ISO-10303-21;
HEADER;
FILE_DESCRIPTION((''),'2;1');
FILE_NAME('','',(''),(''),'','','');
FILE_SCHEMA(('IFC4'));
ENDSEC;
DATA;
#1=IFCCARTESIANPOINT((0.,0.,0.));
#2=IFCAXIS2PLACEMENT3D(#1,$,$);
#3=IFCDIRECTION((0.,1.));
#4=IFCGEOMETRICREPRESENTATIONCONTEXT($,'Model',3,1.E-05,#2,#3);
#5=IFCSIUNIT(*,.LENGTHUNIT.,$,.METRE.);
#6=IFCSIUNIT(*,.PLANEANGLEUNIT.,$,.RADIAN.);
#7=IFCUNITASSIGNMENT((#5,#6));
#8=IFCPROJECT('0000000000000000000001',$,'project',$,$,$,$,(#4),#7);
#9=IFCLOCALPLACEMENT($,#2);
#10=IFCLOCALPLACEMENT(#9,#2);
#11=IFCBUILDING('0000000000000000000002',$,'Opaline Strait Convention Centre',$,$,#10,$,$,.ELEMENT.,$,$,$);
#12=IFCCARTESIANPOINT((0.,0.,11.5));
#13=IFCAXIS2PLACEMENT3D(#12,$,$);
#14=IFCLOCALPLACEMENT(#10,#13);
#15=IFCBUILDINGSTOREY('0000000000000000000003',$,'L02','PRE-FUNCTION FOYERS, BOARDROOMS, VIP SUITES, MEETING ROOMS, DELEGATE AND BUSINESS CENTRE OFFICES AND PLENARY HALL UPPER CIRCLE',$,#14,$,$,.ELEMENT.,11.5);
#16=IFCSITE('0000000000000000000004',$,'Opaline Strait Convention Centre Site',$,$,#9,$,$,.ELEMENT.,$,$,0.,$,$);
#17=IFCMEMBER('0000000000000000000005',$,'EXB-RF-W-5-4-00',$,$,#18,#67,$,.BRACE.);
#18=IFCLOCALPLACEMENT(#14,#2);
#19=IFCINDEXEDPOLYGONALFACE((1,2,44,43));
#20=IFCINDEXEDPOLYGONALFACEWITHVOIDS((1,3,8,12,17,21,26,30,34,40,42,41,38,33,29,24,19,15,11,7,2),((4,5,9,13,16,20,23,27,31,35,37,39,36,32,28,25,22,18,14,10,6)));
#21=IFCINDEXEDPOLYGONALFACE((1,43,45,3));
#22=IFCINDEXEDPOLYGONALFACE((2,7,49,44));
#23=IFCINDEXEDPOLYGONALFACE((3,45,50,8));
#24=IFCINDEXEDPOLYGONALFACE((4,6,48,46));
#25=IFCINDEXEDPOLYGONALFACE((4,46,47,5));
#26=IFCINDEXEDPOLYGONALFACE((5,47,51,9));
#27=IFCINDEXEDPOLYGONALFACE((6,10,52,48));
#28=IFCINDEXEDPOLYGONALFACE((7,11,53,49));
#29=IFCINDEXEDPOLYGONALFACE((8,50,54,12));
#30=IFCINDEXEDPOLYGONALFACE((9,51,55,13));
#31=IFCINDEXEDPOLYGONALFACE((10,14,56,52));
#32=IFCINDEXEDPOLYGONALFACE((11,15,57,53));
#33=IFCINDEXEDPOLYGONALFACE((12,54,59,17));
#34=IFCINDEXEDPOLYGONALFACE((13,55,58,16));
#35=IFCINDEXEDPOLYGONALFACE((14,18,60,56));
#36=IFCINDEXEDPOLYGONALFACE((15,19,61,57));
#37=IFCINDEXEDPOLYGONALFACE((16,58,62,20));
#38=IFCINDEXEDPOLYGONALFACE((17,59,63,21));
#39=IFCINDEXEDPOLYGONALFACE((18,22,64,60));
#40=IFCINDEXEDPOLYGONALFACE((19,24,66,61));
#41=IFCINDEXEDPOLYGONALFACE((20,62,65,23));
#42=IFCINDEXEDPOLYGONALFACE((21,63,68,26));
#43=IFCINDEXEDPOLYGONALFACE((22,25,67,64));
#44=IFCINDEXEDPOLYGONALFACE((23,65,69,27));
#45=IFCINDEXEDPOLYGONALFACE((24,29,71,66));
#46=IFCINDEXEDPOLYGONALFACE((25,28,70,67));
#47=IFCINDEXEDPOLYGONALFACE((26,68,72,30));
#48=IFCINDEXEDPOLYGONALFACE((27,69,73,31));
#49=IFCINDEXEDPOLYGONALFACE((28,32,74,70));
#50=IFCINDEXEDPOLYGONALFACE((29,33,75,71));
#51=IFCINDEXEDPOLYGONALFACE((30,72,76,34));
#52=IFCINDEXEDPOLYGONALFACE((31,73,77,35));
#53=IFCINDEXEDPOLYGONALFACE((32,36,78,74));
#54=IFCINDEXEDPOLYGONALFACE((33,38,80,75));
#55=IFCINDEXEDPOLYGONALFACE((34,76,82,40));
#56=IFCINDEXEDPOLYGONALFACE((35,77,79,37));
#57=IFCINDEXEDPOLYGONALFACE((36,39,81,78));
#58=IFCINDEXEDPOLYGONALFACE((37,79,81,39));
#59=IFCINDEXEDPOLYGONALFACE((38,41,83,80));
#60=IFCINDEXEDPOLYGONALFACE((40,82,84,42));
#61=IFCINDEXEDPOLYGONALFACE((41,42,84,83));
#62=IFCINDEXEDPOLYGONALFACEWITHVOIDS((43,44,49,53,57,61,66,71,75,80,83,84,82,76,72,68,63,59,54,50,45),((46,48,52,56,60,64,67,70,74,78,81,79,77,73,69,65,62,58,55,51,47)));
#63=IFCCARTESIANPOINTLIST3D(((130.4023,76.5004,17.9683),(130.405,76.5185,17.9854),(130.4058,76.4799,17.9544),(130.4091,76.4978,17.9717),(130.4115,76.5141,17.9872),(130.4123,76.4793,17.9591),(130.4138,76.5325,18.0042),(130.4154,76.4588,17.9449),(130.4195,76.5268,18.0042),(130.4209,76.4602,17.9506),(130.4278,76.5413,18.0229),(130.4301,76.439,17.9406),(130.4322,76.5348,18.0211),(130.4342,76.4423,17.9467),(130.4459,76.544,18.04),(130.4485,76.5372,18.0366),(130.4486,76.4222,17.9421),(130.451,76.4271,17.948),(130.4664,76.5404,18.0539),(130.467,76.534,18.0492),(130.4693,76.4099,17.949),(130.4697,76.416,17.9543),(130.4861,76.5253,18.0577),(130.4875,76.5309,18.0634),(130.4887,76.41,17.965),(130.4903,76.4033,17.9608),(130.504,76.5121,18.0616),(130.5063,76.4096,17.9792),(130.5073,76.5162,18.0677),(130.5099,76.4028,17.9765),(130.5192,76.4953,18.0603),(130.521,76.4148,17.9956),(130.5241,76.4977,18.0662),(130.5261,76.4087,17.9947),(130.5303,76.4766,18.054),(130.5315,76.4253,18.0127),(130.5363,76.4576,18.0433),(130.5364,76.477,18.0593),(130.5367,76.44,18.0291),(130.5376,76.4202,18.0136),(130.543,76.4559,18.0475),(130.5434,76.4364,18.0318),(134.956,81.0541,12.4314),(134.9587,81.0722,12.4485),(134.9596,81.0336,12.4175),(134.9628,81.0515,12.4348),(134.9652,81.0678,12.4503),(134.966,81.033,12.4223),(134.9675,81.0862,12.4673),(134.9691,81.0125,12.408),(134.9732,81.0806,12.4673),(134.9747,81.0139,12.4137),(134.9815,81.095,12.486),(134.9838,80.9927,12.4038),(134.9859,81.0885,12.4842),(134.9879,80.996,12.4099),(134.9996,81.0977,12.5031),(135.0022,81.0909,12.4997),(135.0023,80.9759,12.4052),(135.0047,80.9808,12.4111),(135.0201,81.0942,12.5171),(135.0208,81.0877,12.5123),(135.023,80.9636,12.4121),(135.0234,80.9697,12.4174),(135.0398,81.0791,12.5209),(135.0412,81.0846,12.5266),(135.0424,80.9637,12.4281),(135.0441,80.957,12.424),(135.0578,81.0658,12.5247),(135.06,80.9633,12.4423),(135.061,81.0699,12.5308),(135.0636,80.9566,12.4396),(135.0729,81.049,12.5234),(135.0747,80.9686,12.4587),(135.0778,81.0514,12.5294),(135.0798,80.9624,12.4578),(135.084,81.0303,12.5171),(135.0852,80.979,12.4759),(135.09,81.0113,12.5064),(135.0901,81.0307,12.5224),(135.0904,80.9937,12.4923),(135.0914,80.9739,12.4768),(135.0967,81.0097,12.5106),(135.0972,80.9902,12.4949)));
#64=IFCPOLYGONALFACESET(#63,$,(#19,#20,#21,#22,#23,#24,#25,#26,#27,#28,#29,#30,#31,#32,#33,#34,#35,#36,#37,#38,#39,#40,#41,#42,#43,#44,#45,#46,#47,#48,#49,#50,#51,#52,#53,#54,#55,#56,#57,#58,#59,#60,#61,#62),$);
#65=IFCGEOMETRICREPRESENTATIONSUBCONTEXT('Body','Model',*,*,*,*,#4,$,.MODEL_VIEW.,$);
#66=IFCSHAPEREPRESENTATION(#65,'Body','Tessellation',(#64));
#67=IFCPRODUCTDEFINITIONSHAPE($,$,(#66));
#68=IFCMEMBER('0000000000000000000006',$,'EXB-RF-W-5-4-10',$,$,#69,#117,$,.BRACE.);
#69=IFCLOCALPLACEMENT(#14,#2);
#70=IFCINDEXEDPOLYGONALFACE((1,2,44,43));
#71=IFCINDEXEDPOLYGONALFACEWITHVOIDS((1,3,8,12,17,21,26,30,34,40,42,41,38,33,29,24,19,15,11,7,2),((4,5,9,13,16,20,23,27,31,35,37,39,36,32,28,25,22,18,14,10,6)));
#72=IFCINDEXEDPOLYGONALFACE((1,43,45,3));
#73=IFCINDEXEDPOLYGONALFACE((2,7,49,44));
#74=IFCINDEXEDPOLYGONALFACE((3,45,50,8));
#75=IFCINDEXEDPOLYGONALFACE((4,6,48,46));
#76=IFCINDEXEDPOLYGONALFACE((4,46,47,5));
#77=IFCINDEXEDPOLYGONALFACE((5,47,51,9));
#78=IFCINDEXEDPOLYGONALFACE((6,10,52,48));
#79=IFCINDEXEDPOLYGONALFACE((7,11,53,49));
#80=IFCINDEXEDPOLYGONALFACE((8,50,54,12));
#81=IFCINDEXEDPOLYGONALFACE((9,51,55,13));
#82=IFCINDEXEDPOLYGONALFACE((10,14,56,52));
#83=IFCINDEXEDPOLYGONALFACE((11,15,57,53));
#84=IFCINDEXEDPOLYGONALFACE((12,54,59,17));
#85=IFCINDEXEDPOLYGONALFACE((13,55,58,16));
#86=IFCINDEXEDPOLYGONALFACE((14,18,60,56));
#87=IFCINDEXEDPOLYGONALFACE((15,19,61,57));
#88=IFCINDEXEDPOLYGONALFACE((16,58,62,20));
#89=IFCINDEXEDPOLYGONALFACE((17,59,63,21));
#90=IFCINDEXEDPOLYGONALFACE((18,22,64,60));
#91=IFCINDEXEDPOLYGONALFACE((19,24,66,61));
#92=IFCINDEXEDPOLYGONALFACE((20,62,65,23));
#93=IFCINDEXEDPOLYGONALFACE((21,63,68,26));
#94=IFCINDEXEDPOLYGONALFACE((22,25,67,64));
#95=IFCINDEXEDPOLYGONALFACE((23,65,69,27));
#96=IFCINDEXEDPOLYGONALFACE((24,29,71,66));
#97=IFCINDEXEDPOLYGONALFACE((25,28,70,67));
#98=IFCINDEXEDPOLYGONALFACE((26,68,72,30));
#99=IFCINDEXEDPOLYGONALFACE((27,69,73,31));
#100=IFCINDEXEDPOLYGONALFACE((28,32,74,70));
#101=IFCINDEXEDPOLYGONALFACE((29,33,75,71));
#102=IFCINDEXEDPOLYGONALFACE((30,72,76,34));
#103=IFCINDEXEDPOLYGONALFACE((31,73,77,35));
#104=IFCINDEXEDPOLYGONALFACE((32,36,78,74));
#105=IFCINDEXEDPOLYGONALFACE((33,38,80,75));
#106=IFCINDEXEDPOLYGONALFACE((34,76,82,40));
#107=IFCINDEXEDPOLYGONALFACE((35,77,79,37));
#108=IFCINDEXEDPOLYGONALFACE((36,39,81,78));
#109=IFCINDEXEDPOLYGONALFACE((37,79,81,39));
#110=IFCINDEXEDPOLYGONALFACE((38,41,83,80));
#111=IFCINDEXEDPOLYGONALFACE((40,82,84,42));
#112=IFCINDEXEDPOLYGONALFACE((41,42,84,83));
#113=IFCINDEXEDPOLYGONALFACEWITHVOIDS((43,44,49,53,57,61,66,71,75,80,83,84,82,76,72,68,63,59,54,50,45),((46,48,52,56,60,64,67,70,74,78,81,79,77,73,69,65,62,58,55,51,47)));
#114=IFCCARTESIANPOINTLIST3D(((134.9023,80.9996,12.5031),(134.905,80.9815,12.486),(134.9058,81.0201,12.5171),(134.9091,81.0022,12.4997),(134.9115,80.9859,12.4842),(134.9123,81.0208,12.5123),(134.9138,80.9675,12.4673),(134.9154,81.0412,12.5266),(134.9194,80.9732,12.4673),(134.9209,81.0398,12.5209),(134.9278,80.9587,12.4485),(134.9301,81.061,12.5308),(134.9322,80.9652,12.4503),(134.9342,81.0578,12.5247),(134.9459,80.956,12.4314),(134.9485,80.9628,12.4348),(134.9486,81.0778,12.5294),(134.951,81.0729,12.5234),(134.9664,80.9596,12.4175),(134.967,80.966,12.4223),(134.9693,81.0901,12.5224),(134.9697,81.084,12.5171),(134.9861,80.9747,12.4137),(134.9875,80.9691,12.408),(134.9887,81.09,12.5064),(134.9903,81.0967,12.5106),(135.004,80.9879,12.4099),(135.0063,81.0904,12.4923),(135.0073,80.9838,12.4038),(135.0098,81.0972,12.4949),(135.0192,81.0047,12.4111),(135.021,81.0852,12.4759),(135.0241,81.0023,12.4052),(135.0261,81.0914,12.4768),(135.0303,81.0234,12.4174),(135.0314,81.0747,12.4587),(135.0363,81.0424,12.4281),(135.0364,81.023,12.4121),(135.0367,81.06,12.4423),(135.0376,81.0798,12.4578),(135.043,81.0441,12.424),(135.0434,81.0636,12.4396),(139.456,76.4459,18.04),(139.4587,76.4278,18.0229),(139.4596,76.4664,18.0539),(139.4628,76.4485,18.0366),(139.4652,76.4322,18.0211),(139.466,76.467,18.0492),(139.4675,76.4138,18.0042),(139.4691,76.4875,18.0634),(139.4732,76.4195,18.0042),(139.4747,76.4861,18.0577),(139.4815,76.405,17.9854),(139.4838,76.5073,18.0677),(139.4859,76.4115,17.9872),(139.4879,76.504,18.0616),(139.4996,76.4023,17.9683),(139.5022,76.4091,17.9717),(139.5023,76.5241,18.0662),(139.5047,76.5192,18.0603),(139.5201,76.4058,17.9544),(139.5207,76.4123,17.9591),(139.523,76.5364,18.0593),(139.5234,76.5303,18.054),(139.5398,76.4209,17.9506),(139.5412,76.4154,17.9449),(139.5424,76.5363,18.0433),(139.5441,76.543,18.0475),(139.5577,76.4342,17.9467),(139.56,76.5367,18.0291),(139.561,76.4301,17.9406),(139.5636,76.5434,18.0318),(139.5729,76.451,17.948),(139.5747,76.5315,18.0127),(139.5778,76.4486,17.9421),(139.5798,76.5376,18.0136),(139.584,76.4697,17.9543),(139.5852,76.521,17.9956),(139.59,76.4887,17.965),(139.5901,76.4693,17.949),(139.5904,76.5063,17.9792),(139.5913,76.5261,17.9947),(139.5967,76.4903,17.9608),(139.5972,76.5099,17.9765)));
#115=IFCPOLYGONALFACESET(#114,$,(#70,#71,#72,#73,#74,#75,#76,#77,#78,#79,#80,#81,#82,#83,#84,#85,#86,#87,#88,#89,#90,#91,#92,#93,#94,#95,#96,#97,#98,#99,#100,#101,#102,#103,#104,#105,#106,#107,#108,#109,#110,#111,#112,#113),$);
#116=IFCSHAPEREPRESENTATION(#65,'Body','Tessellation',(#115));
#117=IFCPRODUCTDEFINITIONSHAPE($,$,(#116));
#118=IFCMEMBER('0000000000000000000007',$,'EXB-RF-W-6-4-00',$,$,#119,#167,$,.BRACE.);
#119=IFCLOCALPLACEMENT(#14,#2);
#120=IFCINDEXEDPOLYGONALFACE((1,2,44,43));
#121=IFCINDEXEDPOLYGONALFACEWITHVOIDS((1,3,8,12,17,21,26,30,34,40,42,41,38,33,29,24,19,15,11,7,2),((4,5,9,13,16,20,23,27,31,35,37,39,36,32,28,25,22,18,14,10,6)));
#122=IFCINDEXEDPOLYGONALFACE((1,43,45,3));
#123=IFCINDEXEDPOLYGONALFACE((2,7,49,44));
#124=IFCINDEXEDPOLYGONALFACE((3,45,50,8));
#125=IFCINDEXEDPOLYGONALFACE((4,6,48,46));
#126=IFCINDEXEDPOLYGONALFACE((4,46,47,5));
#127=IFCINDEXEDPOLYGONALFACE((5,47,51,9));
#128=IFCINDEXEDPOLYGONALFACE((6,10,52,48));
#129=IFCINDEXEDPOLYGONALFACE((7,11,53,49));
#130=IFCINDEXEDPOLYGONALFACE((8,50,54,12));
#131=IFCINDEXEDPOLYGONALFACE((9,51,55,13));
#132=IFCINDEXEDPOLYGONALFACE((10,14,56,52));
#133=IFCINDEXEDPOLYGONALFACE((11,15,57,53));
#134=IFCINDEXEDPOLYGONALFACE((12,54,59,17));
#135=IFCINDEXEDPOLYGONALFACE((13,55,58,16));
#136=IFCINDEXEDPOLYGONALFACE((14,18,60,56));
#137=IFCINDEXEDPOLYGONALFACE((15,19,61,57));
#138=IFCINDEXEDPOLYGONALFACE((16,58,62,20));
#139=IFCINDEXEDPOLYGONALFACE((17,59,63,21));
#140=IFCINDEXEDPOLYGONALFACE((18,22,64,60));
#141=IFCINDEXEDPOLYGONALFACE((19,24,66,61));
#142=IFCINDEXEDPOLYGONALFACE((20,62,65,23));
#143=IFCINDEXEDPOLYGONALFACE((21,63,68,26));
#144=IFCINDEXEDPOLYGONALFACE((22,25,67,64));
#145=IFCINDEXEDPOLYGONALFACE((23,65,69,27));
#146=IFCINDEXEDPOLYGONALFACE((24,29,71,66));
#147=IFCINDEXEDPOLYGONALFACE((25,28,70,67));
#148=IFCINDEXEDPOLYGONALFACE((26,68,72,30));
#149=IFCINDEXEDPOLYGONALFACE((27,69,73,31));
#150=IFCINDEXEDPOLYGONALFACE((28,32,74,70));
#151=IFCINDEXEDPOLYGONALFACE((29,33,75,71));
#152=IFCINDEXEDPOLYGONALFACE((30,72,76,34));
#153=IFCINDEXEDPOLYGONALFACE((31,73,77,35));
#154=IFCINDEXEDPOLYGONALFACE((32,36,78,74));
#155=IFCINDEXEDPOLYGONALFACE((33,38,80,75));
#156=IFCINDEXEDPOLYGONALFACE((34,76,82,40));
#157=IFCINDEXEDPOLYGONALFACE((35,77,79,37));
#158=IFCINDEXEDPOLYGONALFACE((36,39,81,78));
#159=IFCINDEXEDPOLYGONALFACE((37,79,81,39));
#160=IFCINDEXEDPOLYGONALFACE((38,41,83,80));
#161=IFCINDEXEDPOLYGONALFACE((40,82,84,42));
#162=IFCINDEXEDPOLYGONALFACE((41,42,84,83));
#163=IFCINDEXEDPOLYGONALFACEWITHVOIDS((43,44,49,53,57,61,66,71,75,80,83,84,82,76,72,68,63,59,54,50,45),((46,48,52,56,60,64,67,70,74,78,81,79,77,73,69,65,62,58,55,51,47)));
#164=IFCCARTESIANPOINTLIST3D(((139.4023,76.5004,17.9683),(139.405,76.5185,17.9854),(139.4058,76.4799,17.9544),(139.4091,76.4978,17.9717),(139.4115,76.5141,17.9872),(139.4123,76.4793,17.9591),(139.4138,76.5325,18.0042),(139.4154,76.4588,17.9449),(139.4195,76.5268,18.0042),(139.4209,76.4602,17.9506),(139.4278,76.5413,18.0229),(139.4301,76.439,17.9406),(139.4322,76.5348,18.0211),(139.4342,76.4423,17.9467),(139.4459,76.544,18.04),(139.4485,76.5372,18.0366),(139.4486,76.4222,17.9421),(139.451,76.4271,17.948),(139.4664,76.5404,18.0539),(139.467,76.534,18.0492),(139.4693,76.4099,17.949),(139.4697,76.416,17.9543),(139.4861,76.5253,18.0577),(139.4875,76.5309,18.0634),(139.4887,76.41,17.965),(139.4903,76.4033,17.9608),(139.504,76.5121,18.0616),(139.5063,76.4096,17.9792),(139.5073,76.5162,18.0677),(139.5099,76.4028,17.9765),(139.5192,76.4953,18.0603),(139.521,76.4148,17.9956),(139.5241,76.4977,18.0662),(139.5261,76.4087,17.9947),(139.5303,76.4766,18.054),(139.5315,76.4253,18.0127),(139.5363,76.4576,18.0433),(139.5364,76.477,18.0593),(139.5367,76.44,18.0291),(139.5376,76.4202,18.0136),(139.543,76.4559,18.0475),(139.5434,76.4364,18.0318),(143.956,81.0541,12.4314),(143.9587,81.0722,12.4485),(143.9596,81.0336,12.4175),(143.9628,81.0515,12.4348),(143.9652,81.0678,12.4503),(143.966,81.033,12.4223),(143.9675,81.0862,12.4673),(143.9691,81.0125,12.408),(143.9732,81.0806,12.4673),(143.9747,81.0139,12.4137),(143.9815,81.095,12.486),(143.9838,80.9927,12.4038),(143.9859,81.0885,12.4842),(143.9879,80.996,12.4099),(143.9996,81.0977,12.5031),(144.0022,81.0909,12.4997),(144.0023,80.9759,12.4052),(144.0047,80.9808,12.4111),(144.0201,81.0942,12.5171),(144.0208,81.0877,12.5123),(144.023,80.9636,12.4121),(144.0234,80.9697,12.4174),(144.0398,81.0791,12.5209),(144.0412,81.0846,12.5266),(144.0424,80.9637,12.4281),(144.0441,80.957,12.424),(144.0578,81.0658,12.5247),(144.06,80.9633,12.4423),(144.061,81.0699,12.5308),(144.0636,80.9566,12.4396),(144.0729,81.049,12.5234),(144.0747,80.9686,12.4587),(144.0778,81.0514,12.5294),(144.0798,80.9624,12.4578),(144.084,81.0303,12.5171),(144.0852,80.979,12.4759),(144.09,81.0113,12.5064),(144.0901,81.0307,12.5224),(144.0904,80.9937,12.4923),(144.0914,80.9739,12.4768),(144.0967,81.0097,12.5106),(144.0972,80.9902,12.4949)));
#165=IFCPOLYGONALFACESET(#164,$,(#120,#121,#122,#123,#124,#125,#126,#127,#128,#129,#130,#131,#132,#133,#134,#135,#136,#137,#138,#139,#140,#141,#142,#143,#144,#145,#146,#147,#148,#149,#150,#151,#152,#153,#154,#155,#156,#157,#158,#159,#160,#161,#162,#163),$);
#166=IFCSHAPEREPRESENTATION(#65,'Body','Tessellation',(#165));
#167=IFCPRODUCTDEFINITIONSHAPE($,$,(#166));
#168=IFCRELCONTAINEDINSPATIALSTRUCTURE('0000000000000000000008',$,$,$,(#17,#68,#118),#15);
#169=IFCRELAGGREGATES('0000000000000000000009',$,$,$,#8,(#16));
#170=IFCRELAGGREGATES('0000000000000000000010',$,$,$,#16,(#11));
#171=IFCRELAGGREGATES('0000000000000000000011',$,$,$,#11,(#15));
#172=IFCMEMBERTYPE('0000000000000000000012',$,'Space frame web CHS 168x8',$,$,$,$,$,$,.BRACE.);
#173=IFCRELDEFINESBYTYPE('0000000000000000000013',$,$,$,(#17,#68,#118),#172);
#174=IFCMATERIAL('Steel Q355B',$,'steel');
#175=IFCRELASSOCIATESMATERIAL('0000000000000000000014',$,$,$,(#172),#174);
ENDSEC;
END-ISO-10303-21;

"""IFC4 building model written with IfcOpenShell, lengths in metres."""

from ifc_helpers import new_model, si_unit, direction, frame, origin, origin_2d, place, context, subcontext, project, spatial, hollow_circle, extrude, material, material_profile, profile_set, type_object, element, save


model = new_model("IFC4")

# Units and contexts
model_context = context("Model", 3, precision=1e-05, world=origin(), true_north=direction((0.0, 1.0)))
body_context = subcontext(model_context, "Body", "Model", "MODEL_VIEW")
ifc_project = project(units=[si_unit("LENGTHUNIT", "METRE"), si_unit("PLANEANGLEUNIT", "RADIAN")], contexts=[model_context])

# Site, building, storey
site_placement = place(None, origin())
site = spatial("IfcSite", under=ifc_project, at=site_placement, Name="Opaline Strait Convention Centre Site", CompositionType="ELEMENT", RefElevation=0.0)
building_placement = place(site_placement, origin())
building = spatial("IfcBuilding", under=site, at=building_placement, Name="Opaline Strait Convention Centre", CompositionType="ELEMENT")
storey_placement = place(building_placement, frame((0.0, 0.0, 11.5)))
storey = spatial("IfcBuildingStorey", under=building, at=storey_placement, Name="L02", Description="PRE-FUNCTION FOYERS, BOARDROOMS, VIP SUITES, MEETING ROOMS, DELEGATE AND BUSINESS CENTRE OFFICES AND PLENARY HALL UPPER CIRCLE", CompositionType="ELEMENT", Elevation=11.5)

# Members
ifc_material_1 = material(Name="Steel Q355B", Category="steel")
ifc_material_profile_1 = material_profile(ifc_material_1, hollow_circle(Radius=0.084, WallThickness=0.0081, at=origin_2d()), Name="CHS 168x8")
ifc_profile_set_1 = profile_set([ifc_material_profile_1], Name="Steel Q355B")
member_type_1 = type_object("IfcMemberType", Name="Space frame web CHS 168x8", PredefinedType="BRACE", material=ifc_profile_set_1)
for number, where, z_axis, x_axis, name in (
    (1, (130.4731, 76.4731, 18.0042), (0.536178, 0.536178, -0.65194), (-0.707107, 0.707107, 0.0), "EXB-RF-W-5-4-00"),
    (2, (139.5269, 76.4731, 18.0042), (-0.536178, 0.536178, -0.65194), (-0.707107, -0.707107, 0.0), "EXB-RF-W-5-4-10"),
    (3, (139.4731, 76.4731, 18.0042), (0.536178, 0.536178, -0.65194), (-0.707107, 0.707107, 0.0), "EXB-RF-W-6-4-00"),
):
    element("IfcMember", number, at=place(storey_placement, frame(where, z_axis=z_axis, x_axis=x_axis)), inside=storey, type_object=member_type_1, Name=name, PredefinedType="BRACE", context=body_context, shape_type="SweptSolid", body=[
        extrude(hollow_circle(Radius=0.084, WallThickness=0.0081, at=origin_2d()), origin(), (0.0, 0.0, 1.0), 8.4929),
    ])

save(model, "model.ifc")
